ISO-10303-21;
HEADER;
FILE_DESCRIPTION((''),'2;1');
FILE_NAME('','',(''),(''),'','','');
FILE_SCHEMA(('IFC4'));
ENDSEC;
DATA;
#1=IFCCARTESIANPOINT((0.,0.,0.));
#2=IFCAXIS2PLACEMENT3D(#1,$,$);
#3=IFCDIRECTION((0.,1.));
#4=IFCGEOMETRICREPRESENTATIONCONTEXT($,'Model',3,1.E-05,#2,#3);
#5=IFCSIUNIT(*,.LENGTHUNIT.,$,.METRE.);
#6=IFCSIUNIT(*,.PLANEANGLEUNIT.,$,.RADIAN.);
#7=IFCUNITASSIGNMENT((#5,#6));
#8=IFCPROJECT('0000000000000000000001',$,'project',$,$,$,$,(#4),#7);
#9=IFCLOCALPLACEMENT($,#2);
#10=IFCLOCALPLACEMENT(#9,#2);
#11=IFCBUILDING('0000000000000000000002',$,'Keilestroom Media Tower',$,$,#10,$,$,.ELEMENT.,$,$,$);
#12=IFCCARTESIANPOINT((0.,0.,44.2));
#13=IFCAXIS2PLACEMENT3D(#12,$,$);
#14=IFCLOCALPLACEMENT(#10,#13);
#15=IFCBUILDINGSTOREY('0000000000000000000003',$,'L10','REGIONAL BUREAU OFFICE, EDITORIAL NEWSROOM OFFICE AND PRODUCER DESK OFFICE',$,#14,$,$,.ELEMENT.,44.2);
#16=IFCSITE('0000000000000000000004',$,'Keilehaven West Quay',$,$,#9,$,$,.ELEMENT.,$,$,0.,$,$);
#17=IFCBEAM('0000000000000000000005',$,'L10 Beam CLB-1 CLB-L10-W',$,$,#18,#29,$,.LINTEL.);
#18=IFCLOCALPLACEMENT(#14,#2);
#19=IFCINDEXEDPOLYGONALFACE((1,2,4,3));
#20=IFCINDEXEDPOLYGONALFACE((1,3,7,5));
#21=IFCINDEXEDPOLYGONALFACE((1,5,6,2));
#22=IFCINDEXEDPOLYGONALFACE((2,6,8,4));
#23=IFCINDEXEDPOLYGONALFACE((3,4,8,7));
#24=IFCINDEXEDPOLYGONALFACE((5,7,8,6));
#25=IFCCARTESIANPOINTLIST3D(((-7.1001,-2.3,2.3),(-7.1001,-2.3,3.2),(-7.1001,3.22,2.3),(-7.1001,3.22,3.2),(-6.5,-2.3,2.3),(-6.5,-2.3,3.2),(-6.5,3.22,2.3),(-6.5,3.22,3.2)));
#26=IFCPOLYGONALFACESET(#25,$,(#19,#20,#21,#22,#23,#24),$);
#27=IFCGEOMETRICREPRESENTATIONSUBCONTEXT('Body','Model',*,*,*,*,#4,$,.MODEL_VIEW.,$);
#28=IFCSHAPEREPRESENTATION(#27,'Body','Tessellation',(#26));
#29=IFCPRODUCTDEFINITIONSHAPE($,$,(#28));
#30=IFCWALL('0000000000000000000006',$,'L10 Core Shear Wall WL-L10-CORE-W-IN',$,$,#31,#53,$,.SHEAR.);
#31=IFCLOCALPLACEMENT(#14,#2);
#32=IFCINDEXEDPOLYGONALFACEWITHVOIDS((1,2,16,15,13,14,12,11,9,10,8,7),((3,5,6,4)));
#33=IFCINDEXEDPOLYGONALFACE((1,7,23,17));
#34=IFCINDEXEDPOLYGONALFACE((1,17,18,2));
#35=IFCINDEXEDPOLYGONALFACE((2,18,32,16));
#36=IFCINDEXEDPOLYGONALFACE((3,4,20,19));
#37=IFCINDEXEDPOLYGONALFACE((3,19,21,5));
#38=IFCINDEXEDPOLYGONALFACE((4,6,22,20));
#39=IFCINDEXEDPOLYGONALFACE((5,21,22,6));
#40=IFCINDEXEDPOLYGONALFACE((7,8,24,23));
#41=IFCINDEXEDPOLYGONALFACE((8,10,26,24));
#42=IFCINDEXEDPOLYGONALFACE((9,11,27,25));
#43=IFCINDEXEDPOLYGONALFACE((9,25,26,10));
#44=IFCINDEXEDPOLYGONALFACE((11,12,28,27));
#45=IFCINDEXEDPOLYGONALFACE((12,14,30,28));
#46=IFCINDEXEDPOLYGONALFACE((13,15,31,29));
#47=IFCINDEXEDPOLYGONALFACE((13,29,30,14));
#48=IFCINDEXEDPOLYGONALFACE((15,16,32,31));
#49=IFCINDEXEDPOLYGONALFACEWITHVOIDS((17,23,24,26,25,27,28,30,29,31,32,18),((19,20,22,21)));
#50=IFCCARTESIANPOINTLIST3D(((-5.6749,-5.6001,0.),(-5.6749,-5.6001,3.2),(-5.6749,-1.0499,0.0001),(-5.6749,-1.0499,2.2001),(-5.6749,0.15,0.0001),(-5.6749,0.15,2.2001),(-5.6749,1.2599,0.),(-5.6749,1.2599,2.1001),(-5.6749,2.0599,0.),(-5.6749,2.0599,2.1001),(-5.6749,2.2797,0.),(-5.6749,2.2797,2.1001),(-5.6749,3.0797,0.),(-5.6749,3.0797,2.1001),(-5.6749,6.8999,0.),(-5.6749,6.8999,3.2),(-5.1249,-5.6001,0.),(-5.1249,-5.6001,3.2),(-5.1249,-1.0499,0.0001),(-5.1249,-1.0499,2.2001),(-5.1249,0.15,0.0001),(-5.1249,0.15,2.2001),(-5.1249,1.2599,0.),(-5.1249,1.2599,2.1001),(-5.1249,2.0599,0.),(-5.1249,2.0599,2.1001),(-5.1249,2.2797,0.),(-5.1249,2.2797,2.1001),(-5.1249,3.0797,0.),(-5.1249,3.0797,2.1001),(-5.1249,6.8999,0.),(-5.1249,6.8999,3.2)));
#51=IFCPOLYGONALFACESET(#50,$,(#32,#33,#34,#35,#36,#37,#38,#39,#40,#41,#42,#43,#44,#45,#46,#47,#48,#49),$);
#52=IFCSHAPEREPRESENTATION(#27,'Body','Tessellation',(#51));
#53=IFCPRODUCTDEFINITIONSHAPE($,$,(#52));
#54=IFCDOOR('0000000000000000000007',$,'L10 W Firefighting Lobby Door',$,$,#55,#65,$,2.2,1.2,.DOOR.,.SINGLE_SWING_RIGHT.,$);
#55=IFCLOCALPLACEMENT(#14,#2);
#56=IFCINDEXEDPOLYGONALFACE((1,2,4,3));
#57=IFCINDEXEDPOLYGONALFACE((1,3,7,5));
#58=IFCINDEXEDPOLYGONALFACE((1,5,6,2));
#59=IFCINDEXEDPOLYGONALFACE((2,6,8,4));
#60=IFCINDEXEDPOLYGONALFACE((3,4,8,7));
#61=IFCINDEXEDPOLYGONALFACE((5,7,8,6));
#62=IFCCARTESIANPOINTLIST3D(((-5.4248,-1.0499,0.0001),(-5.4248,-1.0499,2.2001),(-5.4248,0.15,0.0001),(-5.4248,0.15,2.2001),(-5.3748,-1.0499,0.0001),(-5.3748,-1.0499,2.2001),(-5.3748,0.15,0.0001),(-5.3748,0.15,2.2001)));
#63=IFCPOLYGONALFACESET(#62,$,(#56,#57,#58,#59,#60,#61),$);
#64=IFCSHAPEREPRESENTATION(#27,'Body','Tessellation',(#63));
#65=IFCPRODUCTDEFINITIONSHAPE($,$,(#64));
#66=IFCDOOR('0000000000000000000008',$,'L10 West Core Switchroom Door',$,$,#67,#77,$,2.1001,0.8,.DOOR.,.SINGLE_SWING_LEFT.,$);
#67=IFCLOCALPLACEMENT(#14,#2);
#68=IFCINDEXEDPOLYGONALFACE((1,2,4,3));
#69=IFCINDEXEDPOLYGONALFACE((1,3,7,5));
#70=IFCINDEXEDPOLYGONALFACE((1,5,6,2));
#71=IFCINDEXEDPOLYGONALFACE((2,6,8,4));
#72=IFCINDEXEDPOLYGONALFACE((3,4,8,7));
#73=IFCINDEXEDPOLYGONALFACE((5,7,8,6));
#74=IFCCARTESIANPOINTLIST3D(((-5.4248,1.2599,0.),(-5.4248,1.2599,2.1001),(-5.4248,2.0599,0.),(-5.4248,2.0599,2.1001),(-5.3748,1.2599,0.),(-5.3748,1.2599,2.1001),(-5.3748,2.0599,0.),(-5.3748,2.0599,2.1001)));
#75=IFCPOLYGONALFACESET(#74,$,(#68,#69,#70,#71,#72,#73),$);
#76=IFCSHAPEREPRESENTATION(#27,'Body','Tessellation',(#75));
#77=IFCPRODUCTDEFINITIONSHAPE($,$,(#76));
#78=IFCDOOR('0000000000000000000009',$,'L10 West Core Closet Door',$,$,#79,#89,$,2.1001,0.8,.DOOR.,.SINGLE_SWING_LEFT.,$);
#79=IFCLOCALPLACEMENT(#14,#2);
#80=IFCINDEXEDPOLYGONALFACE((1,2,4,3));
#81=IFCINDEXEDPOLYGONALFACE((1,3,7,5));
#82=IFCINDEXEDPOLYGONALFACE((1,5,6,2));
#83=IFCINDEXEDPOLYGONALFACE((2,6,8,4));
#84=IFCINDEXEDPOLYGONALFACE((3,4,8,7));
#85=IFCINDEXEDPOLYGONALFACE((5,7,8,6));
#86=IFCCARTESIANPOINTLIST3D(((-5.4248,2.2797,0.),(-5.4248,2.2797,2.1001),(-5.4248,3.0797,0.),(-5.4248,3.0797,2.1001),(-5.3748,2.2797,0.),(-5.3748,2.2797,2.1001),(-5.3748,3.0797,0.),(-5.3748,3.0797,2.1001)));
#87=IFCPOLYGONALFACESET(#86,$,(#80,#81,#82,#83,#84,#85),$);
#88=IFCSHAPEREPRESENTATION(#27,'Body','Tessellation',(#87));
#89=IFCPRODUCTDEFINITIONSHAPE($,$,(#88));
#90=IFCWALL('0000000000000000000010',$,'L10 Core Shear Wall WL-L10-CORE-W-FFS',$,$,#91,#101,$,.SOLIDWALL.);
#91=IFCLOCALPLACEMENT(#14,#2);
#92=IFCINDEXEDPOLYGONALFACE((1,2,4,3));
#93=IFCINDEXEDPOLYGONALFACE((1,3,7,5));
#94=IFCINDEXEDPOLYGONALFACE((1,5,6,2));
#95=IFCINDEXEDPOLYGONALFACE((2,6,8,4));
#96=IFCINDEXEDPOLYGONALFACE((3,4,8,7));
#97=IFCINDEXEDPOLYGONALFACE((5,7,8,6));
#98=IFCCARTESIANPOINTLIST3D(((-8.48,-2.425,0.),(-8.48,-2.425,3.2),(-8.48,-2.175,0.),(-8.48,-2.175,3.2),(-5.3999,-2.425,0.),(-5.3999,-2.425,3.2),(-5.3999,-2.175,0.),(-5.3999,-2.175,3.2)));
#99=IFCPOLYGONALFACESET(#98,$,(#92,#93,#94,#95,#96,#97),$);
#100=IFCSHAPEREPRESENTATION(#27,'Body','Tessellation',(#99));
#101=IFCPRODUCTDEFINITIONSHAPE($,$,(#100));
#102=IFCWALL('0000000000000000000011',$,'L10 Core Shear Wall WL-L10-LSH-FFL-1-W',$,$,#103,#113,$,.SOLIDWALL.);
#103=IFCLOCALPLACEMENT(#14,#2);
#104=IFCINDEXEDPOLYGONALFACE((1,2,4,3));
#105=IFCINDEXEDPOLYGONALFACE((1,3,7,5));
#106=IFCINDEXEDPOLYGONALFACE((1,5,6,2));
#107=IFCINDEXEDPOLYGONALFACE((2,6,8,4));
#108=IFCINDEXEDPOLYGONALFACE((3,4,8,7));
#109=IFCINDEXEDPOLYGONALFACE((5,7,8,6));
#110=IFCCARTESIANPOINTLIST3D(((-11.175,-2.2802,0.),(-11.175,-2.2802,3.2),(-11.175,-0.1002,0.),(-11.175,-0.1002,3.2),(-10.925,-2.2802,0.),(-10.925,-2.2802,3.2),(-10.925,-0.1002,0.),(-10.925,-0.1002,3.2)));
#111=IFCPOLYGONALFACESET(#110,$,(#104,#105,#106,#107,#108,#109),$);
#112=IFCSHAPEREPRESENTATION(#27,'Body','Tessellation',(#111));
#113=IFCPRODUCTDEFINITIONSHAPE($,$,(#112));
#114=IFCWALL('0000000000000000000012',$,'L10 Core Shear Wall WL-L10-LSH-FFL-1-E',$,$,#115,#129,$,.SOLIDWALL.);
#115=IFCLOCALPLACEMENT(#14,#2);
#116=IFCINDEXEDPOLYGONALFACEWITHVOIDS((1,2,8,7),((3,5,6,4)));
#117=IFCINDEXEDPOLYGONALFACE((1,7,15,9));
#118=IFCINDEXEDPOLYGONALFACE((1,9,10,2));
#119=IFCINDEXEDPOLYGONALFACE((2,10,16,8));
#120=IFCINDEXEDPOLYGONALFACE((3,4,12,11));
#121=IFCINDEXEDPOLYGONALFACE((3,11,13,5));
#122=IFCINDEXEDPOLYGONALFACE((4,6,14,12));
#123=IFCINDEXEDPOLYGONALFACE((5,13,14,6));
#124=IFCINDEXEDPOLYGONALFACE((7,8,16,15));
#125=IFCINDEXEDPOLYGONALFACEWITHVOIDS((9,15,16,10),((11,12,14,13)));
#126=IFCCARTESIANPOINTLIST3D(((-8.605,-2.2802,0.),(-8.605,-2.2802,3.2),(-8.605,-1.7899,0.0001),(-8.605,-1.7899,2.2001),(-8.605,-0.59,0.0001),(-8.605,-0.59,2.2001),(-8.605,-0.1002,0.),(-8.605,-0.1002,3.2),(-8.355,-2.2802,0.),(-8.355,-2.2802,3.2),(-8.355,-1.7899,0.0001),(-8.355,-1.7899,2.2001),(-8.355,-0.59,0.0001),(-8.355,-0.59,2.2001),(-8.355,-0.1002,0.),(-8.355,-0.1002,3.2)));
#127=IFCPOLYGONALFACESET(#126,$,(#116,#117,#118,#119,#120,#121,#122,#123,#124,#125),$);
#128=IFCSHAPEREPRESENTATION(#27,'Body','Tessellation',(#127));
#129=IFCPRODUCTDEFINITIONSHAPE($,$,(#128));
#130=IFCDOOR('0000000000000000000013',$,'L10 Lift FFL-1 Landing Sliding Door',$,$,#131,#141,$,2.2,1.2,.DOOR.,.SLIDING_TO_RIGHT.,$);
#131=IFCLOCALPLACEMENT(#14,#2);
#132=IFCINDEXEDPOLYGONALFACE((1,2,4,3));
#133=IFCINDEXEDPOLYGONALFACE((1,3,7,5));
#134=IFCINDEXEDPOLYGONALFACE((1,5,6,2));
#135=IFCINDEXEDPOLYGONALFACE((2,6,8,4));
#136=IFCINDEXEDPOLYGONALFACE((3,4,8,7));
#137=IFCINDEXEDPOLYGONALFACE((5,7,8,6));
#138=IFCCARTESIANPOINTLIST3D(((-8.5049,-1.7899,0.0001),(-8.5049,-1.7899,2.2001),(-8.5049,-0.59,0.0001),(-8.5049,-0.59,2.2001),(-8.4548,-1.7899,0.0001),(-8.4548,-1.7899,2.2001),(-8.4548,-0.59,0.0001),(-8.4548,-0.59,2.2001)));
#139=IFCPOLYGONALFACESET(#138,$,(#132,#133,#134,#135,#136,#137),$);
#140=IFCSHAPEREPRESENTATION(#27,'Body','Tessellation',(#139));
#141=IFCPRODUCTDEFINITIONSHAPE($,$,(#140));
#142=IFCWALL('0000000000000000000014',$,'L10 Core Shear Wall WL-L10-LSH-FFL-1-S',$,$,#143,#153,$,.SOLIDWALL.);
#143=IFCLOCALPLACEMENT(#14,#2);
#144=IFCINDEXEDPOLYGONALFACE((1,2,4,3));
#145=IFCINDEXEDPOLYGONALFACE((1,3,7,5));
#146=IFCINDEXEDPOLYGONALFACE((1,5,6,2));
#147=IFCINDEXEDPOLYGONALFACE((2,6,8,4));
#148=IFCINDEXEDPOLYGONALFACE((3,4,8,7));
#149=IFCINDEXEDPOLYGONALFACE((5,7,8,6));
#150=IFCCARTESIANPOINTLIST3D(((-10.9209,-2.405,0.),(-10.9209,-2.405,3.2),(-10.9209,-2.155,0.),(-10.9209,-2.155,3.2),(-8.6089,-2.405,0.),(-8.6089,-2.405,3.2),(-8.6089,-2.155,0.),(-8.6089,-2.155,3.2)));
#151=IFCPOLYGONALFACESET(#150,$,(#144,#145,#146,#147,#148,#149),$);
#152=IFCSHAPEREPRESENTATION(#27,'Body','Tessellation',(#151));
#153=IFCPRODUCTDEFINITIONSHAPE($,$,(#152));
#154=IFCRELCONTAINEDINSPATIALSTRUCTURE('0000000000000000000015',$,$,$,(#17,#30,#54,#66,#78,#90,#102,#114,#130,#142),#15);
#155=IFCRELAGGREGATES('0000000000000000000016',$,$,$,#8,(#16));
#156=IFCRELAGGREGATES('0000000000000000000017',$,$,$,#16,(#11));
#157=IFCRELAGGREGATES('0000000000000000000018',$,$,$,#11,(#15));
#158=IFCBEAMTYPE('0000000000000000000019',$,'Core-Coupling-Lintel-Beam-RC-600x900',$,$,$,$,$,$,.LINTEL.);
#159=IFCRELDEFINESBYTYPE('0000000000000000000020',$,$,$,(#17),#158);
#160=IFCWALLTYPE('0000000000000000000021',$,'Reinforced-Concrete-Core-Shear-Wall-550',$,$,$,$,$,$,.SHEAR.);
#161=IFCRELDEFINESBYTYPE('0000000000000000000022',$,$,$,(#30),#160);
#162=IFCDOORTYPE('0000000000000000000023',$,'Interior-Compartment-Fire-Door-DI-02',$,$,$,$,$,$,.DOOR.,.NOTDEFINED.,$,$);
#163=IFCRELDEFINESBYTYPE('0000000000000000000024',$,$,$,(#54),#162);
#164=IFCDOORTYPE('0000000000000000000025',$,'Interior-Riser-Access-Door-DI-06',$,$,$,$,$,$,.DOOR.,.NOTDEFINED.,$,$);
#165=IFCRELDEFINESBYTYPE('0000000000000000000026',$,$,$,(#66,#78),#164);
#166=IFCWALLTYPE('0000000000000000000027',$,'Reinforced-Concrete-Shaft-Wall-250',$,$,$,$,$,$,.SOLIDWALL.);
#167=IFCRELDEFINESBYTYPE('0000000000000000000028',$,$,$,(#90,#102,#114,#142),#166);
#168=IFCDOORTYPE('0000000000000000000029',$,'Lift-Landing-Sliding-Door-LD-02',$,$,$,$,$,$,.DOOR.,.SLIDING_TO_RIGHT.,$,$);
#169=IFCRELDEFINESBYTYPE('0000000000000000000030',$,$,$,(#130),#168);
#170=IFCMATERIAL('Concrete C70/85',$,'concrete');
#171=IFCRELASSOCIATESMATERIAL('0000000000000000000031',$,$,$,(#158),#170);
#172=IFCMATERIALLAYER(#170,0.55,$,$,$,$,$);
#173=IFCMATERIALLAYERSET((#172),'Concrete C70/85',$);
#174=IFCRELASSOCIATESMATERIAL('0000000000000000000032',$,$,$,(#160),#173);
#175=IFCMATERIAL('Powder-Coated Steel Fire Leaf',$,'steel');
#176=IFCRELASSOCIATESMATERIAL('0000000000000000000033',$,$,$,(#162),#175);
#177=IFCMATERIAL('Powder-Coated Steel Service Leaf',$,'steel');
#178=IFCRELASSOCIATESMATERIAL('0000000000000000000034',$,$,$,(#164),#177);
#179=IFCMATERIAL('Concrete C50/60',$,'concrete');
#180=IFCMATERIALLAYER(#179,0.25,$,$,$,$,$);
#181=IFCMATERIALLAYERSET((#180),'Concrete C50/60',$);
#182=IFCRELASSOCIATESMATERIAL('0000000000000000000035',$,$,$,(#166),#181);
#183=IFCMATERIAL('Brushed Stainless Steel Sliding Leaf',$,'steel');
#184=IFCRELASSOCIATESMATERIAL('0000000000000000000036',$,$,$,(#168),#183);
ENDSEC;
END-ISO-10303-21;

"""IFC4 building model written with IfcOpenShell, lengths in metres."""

from ifc_helpers import new_model, si_unit, direction, frame, frame_2d, origin, origin_2d, place, context, subcontext, project, spatial, rectangle, extrude, source, transform, mapped, material, layer, layer_set, material_profile, profile_set, type_object, element, fill, save


model = new_model("IFC4")

# Units and contexts
model_context = context("Model", 3, precision=1e-05, world=origin(), true_north=direction((0.0, 1.0)))
body_context = subcontext(model_context, "Body", "Model", "MODEL_VIEW")
ifc_project = project(units=[si_unit("LENGTHUNIT", "METRE"), si_unit("PLANEANGLEUNIT", "RADIAN")], contexts=[model_context])

# Site, building, storey
site_placement = place(None, origin())
site = spatial("IfcSite", under=ifc_project, at=site_placement, Name="Keilehaven West Quay", CompositionType="ELEMENT", RefElevation=0.0)
building_placement = place(site_placement, origin())
building = spatial("IfcBuilding", under=site, at=building_placement, Name="Keilestroom Media Tower", CompositionType="ELEMENT")
storey_placement = place(building_placement, frame((0.0, 0.0, 44.2)))
storey = spatial("IfcBuildingStorey", under=building, at=storey_placement, Name="L10", Description="REGIONAL BUREAU OFFICE, EDITORIAL NEWSROOM OFFICE AND PRODUCER DESK OFFICE", CompositionType="ELEMENT", Elevation=44.2)

# Beam
ifc_material_1 = material(Name="Concrete C70/85", Category="concrete")
ifc_material_profile = material_profile(ifc_material_1, rectangle(XDim=0.6001, YDim=0.8999, at=origin_2d()), Name="RC 600x900")
ifc_profile_set = profile_set([ifc_material_profile], Name="Concrete C70/85")
beam_type = type_object("IfcBeamType", Name="Core-Coupling-Lintel-Beam-RC-600x900", PredefinedType="LINTEL", material=ifc_profile_set)
shared_shape_1 = source(origin(), body_context, "Body", "SweptSolid", [
    extrude(rectangle(XDim=0.6001, YDim=0.8999, at=origin_2d()), origin(), (0.0, 0.0, 1.0), 5.52),
])
beam_placement = place(storey_placement, frame((-6.8, -2.3, 2.75), z_axis=(0.0, 1.0, 0.0), x_axis=(-1.0, 0.0, 0.0)))
element("IfcBeam", 1, at=beam_placement, inside=storey, type_object=beam_type, Name="L10 Beam CLB-1 CLB-L10-W", PredefinedType="LINTEL", context=body_context, shape_type="MappedRepresentation", body=[
    mapped(shared_shape_1, transform((0.0, 0.0, 0.0), x_axis=(1.0, 0.0, 0.0), y_axis=(0.0, 1.0, 0.0), z_axis=(0.0, 0.0, 1.0), scale=1.0)),
])

# Wall, openings, doors
ifc_layer_1 = layer(ifc_material_1, 0.55)
ifc_layer_set_1 = layer_set([ifc_layer_1], Name="Concrete C70/85")
wall_type_1 = type_object("IfcWallType", Name="Reinforced-Concrete-Core-Shear-Wall-550", PredefinedType="SHEAR", material=ifc_layer_set_1)
wall_1_placement = place(storey_placement, frame((-5.3999, -5.6001, 0.0), z_axis=(0.0, 0.0, 1.0), x_axis=(0.0, 1.0, 0.0)))
wall_1 = element("IfcWall", 2, at=wall_1_placement, inside=storey, type_object=wall_type_1, Name="L10 Core Shear Wall WL-L10-CORE-W-IN", PredefinedType="SHEAR", context=body_context, shape_type="SweptSolid", body=[
    extrude(rectangle(XDim=12.5, YDim=0.55, at=frame_2d((6.25, 0.0))), origin(), (0.0, 0.0, 1.0), 3.2),
])
opening_1_placement = place(wall_1_placement, frame((4.55, 0.0, 0.0)))
opening_1 = element("IfcOpeningElement", 3, at=opening_1_placement, cuts=wall_1, PredefinedType="OPENING", context=body_context, shape_type="SweptSolid", body=[
    extrude(rectangle(XDim=1.2, YDim=2.2, at=frame_2d((0.6001, 1.1001))), frame((0.0, 0.2852, 0.0), z_axis=(0.0, -1.0, 0.0), x_axis=(1.0, 0.0, 0.0)), (0.0, 0.0, 1.0), 0.5701),
])
opening_2_placement = place(wall_1_placement, frame((6.8601, 0.0, 0.0)))
opening_2 = element("IfcOpeningElement", 4, at=opening_2_placement, cuts=wall_1, PredefinedType="OPENING", context=body_context, shape_type="SweptSolid", body=[
    extrude(rectangle(XDim=0.8, YDim=2.1001, at=frame_2d((0.3999, 1.05))), frame((0.0, 0.2852, 0.0), z_axis=(0.0, -1.0, 0.0), x_axis=(1.0, 0.0, 0.0)), (0.0, 0.0, 1.0), 0.5701),
])
opening_3_placement = place(wall_1_placement, frame((7.8799, 0.0, 0.0)))
opening_3 = element("IfcOpeningElement", 5, at=opening_3_placement, cuts=wall_1, PredefinedType="OPENING", context=body_context, shape_type="SweptSolid", body=[
    extrude(rectangle(XDim=0.8, YDim=2.1001, at=frame_2d((0.3999, 1.05))), frame((0.0, 0.2852, 0.0), z_axis=(0.0, -1.0, 0.0), x_axis=(1.0, 0.0, 0.0)), (0.0, 0.0, 1.0), 0.5701),
])
ifc_material_2 = material(Name="Powder-Coated Steel Fire Leaf", Category="steel")
door_type_1 = type_object("IfcDoorType", Name="Interior-Compartment-Fire-Door-DI-02", OperationType="NOTDEFINED", PredefinedType="DOOR", material=ifc_material_2)
shared_shape_2 = source(origin(), body_context, "Body", "SweptSolid", [
    extrude(rectangle(XDim=1.2, YDim=2.2, at=frame_2d((0.6001, 1.1001))), frame((0.0, 0.0249, 0.0), z_axis=(0.0, -1.0, 0.0), x_axis=(1.0, 0.0, 0.0)), (0.0, 0.0, 1.0), 0.05),
])
door_1_placement = place(opening_1_placement, origin())
door_1 = element("IfcDoor", 6, at=door_1_placement, inside=storey, type_object=door_type_1, Name="L10 W Firefighting Lobby Door", OperationType="SINGLE_SWING_RIGHT", OverallHeight=2.2, OverallWidth=1.2, PredefinedType="DOOR", context=body_context, shape_type="MappedRepresentation", body=[
    mapped(shared_shape_2, transform((0.0, 0.0, 0.0), x_axis=(1.0, 0.0, 0.0), y_axis=(0.0, 1.0, 0.0), z_axis=(0.0, 0.0, 1.0), scale=1.0)),
])
fill(opening_1, door_1)
ifc_material_3 = material(Name="Powder-Coated Steel Service Leaf", Category="steel")
door_type_2 = type_object("IfcDoorType", Name="Interior-Riser-Access-Door-DI-06", OperationType="NOTDEFINED", PredefinedType="DOOR", material=ifc_material_3)
shared_shape_3 = source(origin(), body_context, "Body", "SweptSolid", [
    extrude(rectangle(XDim=0.8, YDim=2.1001, at=frame_2d((0.3999, 1.05))), frame((0.0, 0.0249, 0.0), z_axis=(0.0, -1.0, 0.0), x_axis=(1.0, 0.0, 0.0)), (0.0, 0.0, 1.0), 0.05),
])
door_2_placement = place(opening_2_placement, origin())
door_2 = element("IfcDoor", 7, at=door_2_placement, inside=storey, type_object=door_type_2, Name="L10 West Core Switchroom Door", OperationType="SINGLE_SWING_LEFT", OverallHeight=2.1001, OverallWidth=0.8, PredefinedType="DOOR", context=body_context, shape_type="MappedRepresentation", body=[
    mapped(shared_shape_3, transform((0.0, 0.0, 0.0), x_axis=(1.0, 0.0, 0.0), y_axis=(0.0, 1.0, 0.0), z_axis=(0.0, 0.0, 1.0), scale=1.0)),
])
fill(opening_2, door_2)
door_3_placement = place(opening_3_placement, origin())
door_3 = element("IfcDoor", 8, at=door_3_placement, inside=storey, type_object=door_type_2, Name="L10 West Core Closet Door", OperationType="SINGLE_SWING_LEFT", OverallHeight=2.1001, OverallWidth=0.8, PredefinedType="DOOR", context=body_context, shape_type="MappedRepresentation", body=[
    mapped(shared_shape_3, transform((0.0, 0.0, 0.0), x_axis=(1.0, 0.0, 0.0), y_axis=(0.0, 1.0, 0.0), z_axis=(0.0, 0.0, 1.0), scale=1.0)),
])
fill(opening_3, door_3)

# Walls
ifc_material_4 = material(Name="Concrete C50/60", Category="concrete")
ifc_layer_2 = layer(ifc_material_4, 0.25)
ifc_layer_set_2 = layer_set([ifc_layer_2], Name="Concrete C50/60")
wall_type_2 = type_object("IfcWallType", Name="Reinforced-Concrete-Shaft-Wall-250", PredefinedType="SOLIDWALL", material=ifc_layer_set_2)
wall_2_placement = place(storey_placement, frame((-8.48, -2.3, 0.0), z_axis=(0.0, 0.0, 1.0), x_axis=(1.0, 0.0, 0.0)))
element("IfcWall", 9, at=wall_2_placement, inside=storey, type_object=wall_type_2, Name="L10 Core Shear Wall WL-L10-CORE-W-FFS", PredefinedType="SOLIDWALL", context=body_context, shape_type="SweptSolid", body=[
    extrude(rectangle(XDim=3.0801, YDim=0.25, at=frame_2d((1.54, 0.0))), origin(), (0.0, 0.0, 1.0), 3.2),
])
wall_3_placement = place(storey_placement, frame((-11.05, -2.28, 0.0), z_axis=(0.0, 0.0, 1.0), x_axis=(0.0, 1.0, 0.0)))
element("IfcWall", 10, at=wall_3_placement, inside=storey, type_object=wall_type_2, Name="L10 Core Shear Wall WL-L10-LSH-FFL-1-W", PredefinedType="SOLIDWALL", context=body_context, shape_type="SweptSolid", body=[
    extrude(rectangle(XDim=2.1799, YDim=0.25, at=frame_2d((1.0898, 0.0))), origin(), (0.0, 0.0, 1.0), 3.2),
])

# Wall, opening, door
wall_4_placement = place(storey_placement, frame((-8.48, -2.28, 0.0), z_axis=(0.0, 0.0, 1.0), x_axis=(0.0, 1.0, 0.0)))
wall_4 = element("IfcWall", 11, at=wall_4_placement, inside=storey, type_object=wall_type_2, Name="L10 Core Shear Wall WL-L10-LSH-FFL-1-E", PredefinedType="SOLIDWALL", context=body_context, shape_type="SweptSolid", body=[
    extrude(rectangle(XDim=2.1799, YDim=0.25, at=frame_2d((1.0898, 0.0))), origin(), (0.0, 0.0, 1.0), 3.2),
])
opening_4_placement = place(wall_4_placement, frame((0.49, 0.0, 0.0)))
opening_4 = element("IfcOpeningElement", 12, at=opening_4_placement, cuts=wall_4, PredefinedType="OPENING", context=body_context, shape_type="SweptSolid", body=[
    extrude(rectangle(XDim=1.2, YDim=2.2, at=frame_2d((0.6001, 1.1001))), frame((0.0, 0.135, 0.0), z_axis=(0.0, -1.0, 0.0), x_axis=(1.0, 0.0, 0.0)), (0.0, 0.0, 1.0), 0.27),
])
ifc_material_5 = material(Name="Brushed Stainless Steel Sliding Leaf", Category="steel")
door_type_3 = type_object("IfcDoorType", Name="Lift-Landing-Sliding-Door-LD-02", OperationType="SLIDING_TO_RIGHT", PredefinedType="DOOR", material=ifc_material_5)
door_4_placement = place(opening_4_placement, origin())
door_4 = element("IfcDoor", 13, at=door_4_placement, inside=storey, type_object=door_type_3, Name="L10 Lift FFL-1 Landing Sliding Door", OperationType="SLIDING_TO_RIGHT", OverallHeight=2.2, OverallWidth=1.2, PredefinedType="DOOR", context=body_context, shape_type="MappedRepresentation", body=[
    mapped(shared_shape_2, transform((0.0, 0.0, 0.0), x_axis=(1.0, 0.0, 0.0), y_axis=(0.0, 1.0, 0.0), z_axis=(0.0, 0.0, 1.0), scale=1.0)),
])
fill(opening_4, door_4)

# Wall
wall_5_placement = place(storey_placement, frame((-10.9209, -2.28, 0.0), z_axis=(0.0, 0.0, 1.0), x_axis=(1.0, 0.0, 0.0)))
element("IfcWall", 14, at=wall_5_placement, inside=storey, type_object=wall_type_2, Name="L10 Core Shear Wall WL-L10-LSH-FFL-1-S", PredefinedType="SOLIDWALL", context=body_context, shape_type="SweptSolid", body=[
    extrude(rectangle(XDim=2.312, YDim=0.25, at=frame_2d((1.156, 0.0))), origin(), (0.0, 0.0, 1.0), 3.2),
])

save(model, "model.ifc")
